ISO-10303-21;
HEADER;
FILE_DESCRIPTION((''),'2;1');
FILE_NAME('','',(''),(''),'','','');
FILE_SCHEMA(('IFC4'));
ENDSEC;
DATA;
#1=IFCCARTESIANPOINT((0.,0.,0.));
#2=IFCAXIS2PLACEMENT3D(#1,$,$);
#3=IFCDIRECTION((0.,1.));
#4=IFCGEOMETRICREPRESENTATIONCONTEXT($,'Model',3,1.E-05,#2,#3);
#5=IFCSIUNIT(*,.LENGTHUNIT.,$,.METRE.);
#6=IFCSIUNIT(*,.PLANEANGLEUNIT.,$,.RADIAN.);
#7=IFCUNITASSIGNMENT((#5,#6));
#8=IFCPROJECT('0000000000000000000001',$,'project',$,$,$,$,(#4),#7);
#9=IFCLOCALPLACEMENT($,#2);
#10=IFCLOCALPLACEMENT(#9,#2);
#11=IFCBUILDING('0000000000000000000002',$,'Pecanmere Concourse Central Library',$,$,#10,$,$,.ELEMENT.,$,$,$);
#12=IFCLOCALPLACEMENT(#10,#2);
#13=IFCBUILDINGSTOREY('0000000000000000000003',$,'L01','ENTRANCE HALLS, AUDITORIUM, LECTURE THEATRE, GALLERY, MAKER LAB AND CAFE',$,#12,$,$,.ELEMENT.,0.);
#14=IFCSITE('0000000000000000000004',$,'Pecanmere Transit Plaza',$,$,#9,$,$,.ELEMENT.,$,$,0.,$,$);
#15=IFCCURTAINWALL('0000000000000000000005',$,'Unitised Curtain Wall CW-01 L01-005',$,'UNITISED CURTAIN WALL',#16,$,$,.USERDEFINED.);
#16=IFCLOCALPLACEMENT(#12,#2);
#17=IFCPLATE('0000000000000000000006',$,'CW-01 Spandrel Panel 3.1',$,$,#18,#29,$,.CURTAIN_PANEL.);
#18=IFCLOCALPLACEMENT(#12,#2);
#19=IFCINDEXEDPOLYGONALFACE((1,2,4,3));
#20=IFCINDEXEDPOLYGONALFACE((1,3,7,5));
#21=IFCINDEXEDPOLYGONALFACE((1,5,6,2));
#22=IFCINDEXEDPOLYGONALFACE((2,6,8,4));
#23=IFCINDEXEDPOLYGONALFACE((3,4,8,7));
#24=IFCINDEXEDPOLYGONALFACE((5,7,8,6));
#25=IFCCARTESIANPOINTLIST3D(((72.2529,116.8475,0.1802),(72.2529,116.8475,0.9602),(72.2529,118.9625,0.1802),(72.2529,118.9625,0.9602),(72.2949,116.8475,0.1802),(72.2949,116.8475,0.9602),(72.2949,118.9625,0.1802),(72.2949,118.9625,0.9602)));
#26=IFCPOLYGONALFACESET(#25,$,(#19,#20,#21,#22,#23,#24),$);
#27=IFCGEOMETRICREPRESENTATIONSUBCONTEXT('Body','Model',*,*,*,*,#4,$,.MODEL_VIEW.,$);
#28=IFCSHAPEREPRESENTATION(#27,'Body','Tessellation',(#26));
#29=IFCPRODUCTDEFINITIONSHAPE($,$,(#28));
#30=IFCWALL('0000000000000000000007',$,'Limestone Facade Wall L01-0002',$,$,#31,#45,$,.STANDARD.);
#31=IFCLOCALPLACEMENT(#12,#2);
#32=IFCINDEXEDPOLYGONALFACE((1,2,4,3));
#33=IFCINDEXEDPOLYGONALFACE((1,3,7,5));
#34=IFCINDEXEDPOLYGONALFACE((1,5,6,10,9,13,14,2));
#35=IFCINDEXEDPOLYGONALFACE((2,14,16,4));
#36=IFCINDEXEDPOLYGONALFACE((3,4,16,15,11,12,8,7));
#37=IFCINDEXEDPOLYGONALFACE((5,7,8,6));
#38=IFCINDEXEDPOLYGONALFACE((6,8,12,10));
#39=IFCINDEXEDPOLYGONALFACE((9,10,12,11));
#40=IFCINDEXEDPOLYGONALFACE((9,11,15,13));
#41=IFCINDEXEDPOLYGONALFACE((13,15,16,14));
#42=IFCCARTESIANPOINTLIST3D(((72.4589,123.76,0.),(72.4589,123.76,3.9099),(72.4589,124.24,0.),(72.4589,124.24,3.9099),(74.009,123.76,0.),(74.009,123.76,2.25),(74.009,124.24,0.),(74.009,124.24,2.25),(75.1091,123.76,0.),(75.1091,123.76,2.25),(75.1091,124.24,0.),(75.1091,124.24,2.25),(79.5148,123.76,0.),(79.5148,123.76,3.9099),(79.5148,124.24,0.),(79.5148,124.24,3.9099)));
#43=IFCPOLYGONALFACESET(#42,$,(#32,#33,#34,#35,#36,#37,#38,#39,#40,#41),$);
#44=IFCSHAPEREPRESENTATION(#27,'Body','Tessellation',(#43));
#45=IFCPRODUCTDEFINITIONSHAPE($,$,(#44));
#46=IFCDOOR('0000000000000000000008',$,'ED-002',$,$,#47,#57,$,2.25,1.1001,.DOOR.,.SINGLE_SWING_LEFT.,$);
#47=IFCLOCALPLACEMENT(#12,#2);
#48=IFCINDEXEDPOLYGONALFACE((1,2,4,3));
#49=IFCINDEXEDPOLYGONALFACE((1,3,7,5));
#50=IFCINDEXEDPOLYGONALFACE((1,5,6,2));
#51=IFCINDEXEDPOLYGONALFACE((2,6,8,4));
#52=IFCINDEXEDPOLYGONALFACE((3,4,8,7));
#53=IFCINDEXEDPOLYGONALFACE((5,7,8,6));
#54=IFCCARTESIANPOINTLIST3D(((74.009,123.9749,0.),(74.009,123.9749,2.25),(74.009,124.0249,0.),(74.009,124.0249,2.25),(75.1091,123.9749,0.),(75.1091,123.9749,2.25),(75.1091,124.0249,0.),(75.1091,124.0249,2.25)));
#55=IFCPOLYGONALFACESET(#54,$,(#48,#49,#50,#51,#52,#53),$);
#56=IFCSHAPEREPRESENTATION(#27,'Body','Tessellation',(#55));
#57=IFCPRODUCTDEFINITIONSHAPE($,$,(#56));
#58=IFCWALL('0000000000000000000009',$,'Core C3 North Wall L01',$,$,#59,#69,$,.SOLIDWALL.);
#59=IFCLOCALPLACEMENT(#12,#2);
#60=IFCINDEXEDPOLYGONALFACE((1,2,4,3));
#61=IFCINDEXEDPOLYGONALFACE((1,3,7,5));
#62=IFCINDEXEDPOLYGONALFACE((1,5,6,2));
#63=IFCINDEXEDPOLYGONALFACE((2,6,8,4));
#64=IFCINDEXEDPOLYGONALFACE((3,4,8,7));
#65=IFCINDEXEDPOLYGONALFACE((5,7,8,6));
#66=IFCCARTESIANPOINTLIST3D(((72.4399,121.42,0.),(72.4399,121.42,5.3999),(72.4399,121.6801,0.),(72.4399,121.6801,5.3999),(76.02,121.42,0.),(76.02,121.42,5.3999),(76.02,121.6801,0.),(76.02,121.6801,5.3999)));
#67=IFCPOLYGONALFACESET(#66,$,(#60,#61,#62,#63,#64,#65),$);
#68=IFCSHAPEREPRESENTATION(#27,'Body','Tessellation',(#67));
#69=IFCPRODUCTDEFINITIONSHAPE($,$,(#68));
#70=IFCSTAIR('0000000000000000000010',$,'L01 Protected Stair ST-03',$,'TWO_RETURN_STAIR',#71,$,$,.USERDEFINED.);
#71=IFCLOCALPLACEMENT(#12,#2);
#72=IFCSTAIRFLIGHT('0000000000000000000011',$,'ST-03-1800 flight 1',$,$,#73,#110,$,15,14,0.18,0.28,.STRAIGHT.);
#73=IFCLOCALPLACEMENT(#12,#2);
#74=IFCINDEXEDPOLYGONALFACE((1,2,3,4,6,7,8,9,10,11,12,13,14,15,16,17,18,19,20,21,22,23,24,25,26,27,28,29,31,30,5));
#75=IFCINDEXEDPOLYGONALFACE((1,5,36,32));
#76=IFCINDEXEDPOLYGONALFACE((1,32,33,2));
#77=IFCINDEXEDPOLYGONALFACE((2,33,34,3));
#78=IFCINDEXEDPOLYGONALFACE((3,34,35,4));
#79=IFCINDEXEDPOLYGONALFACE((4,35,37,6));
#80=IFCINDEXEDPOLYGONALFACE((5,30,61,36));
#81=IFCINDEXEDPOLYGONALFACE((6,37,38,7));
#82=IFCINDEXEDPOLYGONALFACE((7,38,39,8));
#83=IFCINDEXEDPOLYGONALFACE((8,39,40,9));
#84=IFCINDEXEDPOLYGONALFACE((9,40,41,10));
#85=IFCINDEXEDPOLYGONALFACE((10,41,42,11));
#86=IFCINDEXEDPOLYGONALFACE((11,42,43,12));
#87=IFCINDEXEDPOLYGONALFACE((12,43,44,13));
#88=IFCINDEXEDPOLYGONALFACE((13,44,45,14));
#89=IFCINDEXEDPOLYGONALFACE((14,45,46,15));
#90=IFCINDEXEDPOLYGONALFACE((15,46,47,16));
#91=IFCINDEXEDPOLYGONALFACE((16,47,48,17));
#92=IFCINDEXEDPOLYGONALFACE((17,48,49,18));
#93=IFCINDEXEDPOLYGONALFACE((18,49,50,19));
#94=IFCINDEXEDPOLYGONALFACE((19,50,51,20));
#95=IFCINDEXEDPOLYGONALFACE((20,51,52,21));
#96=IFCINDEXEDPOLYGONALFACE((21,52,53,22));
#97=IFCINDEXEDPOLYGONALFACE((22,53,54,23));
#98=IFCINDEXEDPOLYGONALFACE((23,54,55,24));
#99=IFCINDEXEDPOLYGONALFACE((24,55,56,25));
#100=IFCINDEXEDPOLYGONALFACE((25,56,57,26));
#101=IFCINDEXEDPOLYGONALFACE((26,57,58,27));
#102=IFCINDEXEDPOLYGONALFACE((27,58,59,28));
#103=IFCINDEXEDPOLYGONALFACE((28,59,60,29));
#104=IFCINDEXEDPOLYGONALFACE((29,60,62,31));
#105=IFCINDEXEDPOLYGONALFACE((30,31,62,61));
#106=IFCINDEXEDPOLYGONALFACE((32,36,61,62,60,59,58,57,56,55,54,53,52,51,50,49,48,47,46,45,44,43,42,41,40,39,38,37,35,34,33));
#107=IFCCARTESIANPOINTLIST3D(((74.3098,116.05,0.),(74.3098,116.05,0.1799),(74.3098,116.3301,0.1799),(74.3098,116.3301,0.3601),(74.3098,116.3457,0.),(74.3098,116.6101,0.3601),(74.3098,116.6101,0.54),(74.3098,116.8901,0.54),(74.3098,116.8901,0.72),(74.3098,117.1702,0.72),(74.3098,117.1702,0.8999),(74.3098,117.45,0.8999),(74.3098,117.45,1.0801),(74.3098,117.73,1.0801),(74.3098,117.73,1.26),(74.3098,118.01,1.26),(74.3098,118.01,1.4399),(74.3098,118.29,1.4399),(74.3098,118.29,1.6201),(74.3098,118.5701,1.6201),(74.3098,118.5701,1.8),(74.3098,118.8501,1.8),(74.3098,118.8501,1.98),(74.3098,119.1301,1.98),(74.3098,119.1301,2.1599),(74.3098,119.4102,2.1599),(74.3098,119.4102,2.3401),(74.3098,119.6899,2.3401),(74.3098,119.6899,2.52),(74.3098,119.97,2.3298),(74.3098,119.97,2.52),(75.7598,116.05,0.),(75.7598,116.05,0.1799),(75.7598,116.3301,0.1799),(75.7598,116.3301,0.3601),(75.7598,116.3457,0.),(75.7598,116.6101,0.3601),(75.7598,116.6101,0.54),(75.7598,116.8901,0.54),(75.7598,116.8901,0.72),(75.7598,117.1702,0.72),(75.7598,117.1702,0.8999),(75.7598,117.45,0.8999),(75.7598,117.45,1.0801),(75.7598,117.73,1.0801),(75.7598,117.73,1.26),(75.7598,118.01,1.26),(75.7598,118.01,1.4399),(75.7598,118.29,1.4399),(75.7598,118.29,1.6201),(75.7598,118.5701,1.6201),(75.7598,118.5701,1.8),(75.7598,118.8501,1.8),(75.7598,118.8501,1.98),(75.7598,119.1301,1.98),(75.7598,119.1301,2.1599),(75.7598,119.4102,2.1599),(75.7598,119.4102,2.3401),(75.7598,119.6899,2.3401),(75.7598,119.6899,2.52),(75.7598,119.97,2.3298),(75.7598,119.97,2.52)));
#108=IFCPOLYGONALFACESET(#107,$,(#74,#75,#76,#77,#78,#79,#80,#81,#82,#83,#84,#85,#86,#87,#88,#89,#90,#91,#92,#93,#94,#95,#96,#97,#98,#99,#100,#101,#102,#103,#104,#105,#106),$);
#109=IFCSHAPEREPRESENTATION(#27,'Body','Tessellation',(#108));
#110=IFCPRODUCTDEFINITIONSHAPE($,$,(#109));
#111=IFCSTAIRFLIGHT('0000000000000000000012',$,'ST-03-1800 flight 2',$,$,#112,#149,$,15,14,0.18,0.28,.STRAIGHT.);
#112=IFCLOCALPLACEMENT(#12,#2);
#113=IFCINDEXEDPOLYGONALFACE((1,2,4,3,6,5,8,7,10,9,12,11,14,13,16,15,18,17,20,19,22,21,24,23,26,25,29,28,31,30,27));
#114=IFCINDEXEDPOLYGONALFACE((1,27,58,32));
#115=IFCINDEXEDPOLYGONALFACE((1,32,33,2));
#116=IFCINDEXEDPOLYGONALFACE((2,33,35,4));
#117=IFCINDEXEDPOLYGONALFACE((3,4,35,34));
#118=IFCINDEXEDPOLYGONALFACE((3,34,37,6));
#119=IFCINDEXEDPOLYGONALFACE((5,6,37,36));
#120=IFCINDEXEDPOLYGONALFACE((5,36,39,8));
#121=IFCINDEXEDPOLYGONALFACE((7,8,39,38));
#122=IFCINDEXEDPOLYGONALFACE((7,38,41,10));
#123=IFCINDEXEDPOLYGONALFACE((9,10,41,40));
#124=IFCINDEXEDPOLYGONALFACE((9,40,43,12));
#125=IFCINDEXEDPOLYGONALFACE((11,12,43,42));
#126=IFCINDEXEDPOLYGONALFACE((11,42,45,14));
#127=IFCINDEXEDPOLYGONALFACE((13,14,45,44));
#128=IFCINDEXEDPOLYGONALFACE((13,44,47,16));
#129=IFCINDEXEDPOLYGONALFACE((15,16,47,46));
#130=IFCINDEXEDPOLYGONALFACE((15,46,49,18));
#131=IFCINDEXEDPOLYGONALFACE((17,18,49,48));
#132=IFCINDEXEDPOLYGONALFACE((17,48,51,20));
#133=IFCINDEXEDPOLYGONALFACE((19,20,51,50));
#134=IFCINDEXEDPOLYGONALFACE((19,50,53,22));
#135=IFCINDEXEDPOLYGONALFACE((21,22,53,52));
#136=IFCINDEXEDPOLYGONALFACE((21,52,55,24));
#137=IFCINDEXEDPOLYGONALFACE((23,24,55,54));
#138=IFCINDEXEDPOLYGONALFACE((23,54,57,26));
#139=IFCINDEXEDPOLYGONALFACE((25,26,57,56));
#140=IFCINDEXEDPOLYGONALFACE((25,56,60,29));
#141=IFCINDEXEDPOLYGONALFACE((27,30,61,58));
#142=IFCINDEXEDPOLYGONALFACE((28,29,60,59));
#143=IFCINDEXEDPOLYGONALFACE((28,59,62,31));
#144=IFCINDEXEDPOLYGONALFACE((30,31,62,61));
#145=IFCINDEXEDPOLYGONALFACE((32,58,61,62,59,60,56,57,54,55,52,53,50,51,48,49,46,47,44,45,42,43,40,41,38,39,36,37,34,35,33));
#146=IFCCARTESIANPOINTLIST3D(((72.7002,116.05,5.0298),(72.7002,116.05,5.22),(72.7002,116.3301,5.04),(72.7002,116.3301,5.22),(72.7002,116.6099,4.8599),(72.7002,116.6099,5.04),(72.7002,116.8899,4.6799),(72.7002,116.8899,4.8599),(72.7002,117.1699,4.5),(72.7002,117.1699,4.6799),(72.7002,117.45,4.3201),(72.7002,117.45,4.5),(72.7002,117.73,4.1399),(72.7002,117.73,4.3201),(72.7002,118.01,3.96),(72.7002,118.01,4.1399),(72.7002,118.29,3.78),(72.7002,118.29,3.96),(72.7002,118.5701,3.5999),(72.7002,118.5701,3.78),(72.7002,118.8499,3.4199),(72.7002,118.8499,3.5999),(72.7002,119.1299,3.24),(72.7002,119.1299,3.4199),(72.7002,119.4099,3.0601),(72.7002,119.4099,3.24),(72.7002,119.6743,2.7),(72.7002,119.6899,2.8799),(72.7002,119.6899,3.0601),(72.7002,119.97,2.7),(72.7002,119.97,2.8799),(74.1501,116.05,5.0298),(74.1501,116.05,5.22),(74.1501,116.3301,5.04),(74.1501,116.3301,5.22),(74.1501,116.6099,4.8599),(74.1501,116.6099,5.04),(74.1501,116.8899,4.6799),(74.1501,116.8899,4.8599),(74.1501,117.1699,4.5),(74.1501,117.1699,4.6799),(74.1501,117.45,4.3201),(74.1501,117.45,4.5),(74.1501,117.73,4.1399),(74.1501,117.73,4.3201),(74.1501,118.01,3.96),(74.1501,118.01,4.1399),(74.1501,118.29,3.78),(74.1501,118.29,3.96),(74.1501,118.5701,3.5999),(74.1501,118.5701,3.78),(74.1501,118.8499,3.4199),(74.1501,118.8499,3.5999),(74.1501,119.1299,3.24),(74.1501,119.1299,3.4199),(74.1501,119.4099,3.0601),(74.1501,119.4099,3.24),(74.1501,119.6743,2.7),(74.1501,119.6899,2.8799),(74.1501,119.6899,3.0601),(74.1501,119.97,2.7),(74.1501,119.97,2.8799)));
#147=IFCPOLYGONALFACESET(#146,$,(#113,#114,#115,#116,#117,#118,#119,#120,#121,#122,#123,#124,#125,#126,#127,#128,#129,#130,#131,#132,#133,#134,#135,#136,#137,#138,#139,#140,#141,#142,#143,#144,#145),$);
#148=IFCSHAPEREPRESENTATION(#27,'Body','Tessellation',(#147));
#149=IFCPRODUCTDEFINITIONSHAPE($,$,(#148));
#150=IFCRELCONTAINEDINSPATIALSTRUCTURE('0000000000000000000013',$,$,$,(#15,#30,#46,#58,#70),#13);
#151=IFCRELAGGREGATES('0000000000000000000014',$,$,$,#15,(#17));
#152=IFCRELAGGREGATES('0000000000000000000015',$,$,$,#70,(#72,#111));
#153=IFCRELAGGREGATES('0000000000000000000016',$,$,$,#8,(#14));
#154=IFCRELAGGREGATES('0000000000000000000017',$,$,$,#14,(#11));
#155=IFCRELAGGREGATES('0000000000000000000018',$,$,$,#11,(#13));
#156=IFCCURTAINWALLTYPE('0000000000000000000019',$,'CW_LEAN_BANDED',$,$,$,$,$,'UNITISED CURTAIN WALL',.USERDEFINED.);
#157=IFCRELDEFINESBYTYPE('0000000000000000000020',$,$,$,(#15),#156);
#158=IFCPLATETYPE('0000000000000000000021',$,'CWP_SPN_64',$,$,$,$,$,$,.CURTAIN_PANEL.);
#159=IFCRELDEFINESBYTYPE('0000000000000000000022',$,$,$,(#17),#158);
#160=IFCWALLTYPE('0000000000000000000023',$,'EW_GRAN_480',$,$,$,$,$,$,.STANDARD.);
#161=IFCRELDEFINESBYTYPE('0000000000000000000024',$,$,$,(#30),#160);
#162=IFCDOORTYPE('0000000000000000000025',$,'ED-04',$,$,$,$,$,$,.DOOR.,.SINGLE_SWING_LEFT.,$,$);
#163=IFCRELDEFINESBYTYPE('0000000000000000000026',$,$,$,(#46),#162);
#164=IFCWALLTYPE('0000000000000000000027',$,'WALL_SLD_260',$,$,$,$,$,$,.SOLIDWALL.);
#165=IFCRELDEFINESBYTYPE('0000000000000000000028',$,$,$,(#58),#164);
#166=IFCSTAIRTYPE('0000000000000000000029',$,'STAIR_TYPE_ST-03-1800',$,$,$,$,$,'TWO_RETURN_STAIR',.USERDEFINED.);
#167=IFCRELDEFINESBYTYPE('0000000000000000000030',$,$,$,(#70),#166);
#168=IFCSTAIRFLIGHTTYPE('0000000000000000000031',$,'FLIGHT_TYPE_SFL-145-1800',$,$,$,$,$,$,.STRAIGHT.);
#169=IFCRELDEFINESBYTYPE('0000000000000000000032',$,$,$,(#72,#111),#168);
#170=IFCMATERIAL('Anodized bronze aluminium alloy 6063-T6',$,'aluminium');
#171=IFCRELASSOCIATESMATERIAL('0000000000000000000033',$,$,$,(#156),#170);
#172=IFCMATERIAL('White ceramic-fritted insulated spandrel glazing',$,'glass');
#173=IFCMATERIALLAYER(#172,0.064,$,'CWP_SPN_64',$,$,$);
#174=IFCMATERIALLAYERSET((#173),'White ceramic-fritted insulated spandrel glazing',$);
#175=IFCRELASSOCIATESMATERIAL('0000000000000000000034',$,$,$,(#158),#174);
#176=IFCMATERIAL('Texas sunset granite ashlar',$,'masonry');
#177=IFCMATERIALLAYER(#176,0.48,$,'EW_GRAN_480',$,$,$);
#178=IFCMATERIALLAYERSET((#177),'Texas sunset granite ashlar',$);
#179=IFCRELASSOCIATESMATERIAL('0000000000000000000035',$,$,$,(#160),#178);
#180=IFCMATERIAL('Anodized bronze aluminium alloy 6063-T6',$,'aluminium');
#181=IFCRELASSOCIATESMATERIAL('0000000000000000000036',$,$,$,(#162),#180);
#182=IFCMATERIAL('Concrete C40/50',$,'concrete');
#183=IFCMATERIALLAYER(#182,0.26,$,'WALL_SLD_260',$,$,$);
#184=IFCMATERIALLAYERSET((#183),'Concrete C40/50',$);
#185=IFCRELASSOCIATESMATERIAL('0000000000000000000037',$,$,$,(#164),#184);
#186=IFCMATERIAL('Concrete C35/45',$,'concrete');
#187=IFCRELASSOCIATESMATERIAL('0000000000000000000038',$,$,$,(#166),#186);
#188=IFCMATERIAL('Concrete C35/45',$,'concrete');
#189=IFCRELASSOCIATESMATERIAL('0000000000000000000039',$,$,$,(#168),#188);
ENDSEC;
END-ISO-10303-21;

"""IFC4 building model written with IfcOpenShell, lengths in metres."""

from ifc_helpers import new_model, si_unit, direction, frame, frame_2d, origin, origin_2d, place, context, subcontext, project, spatial, polyline, rectangle, outline, extrude, material, layer, layer_set, type_object, element, fill, aggregate, save


model = new_model("IFC4")

# Units and contexts
model_context = context("Model", 3, precision=1e-05, world=origin(), true_north=direction((0.0, 1.0)))
body_context = subcontext(model_context, "Body", "Model", "MODEL_VIEW")
ifc_project = project(units=[si_unit("LENGTHUNIT", "METRE"), si_unit("PLANEANGLEUNIT", "RADIAN")], contexts=[model_context])

# Site, building, storey
site_placement = place(None, origin())
site = spatial("IfcSite", under=ifc_project, at=site_placement, Name="Pecanmere Transit Plaza", CompositionType="ELEMENT", RefElevation=0.0)
building_placement = place(site_placement, origin())
building = spatial("IfcBuilding", under=site, at=building_placement, Name="Pecanmere Concourse Central Library", CompositionType="ELEMENT")
storey_placement = place(building_placement, origin())
storey = spatial("IfcBuildingStorey", under=building, at=storey_placement, Name="L01", Description="ENTRANCE HALLS, AUDITORIUM, LECTURE THEATRE, GALLERY, MAKER LAB AND CAFE", CompositionType="ELEMENT", Elevation=0.0)

# Curtain wall, plate
ifc_material_1 = material(Name="Anodized bronze aluminium alloy 6063-T6", Category="aluminium")
curtain_wall_type = type_object("IfcCurtainWallType", Name="CW_LEAN_BANDED", ElementType="UNITISED CURTAIN WALL", PredefinedType="USERDEFINED", material=ifc_material_1)
curtain_wall_placement = place(storey_placement, origin())
curtain_wall = element("IfcCurtainWall", 1, at=curtain_wall_placement, inside=storey, type_object=curtain_wall_type, Name="Unitised Curtain Wall CW-01 L01-005", ObjectType="UNITISED CURTAIN WALL", PredefinedType="USERDEFINED")
ifc_material_2 = material(Name="White ceramic-fritted insulated spandrel glazing", Category="glass")
ifc_layer_1 = layer(ifc_material_2, 0.064, Name="CWP_SPN_64")
ifc_layer_set_1 = layer_set([ifc_layer_1], Name="White ceramic-fritted insulated spandrel glazing")
plate_type = type_object("IfcPlateType", Name="CWP_SPN_64", PredefinedType="CURTAIN_PANEL", material=ifc_layer_set_1)
plate_1_placement = place(storey_placement, frame((72.2739, 117.905, 0.1802), z_axis=(0.0, 0.0, 1.0), x_axis=(0.0, -1.0, 0.0)))
plate_1 = element("IfcPlate", 2, at=plate_1_placement, type_object=plate_type, Name="CW-01 Spandrel Panel 3.1", PredefinedType="CURTAIN_PANEL", context=body_context, shape_type="SweptSolid", body=[
    extrude(rectangle(XDim=2.115, YDim=0.042, at=origin_2d()), origin(), (0.0, 0.0, 1.0), 0.78),
])
aggregate(curtain_wall, [plate_1])

# Wall, opening, door
ifc_material_3 = material(Name="Texas sunset granite ashlar", Category="masonry")
ifc_layer_2 = layer(ifc_material_3, 0.48, Name="EW_GRAN_480")
ifc_layer_set_2 = layer_set([ifc_layer_2], Name="Texas sunset granite ashlar")
wall_type_1 = type_object("IfcWallType", Name="EW_GRAN_480", PredefinedType="STANDARD", material=ifc_layer_set_2)
wall_1_placement = place(storey_placement, frame((72.459, 124.0, 0.0), z_axis=(0.0, 0.0, 1.0), x_axis=(1.0, 0.0, 0.0)))
wall_1 = element("IfcWall", 3, at=wall_1_placement, inside=storey, type_object=wall_type_1, Name="Limestone Facade Wall L01-0002", PredefinedType="STANDARD", context=body_context, shape_type="SweptSolid", body=[
    extrude(rectangle(XDim=7.0559, YDim=0.48, at=frame_2d((3.5278, 0.0))), origin(), (0.0, 0.0, 1.0), 3.9099),
])
opening_placement = place(wall_1_placement, frame((1.55, 0.0, 0.0)))
opening = element("IfcOpeningElement", 4, at=opening_placement, cuts=wall_1, PredefinedType="OPENING", context=body_context, shape_type="SweptSolid", body=[
    extrude(rectangle(XDim=1.1001, YDim=2.25, at=frame_2d((0.55, 1.125))), frame((0.0, 0.252, 0.0), z_axis=(0.0, -1.0, 0.0), x_axis=(1.0, 0.0, 0.0)), (0.0, 0.0, 1.0), 0.5039),
])
ifc_material_4 = material(Name="Anodized bronze aluminium alloy 6063-T6", Category="aluminium")
door_type = type_object("IfcDoorType", Name="ED-04", OperationType="SINGLE_SWING_LEFT", PredefinedType="DOOR", material=ifc_material_4)
door_placement = place(opening_placement, origin())
door = element("IfcDoor", 5, at=door_placement, inside=storey, type_object=door_type, Name="ED-002", OperationType="SINGLE_SWING_LEFT", OverallHeight=2.25, OverallWidth=1.1001, PredefinedType="DOOR", context=body_context, shape_type="SweptSolid", body=[
    extrude(rectangle(XDim=1.1001, YDim=2.25, at=frame_2d((0.55, 1.125))), frame((0.0, 0.0249, 0.0), z_axis=(0.0, -1.0, 0.0), x_axis=(1.0, 0.0, 0.0)), (0.0, 0.0, 1.0), 0.05),
])
fill(opening, door)

# Wall
ifc_material_5 = material(Name="Concrete C40/50", Category="concrete")
ifc_layer_3 = layer(ifc_material_5, 0.26, Name="WALL_SLD_260")
ifc_layer_set_3 = layer_set([ifc_layer_3], Name="Concrete C40/50")
wall_type_2 = type_object("IfcWallType", Name="WALL_SLD_260", PredefinedType="SOLIDWALL", material=ifc_layer_set_3)
wall_2_placement = place(storey_placement, frame((72.4399, 121.55, 0.0), z_axis=(0.0, 0.0, 1.0), x_axis=(1.0, 0.0, 0.0)))
element("IfcWall", 6, at=wall_2_placement, inside=storey, type_object=wall_type_2, Name="Core C3 North Wall L01", PredefinedType="SOLIDWALL", context=body_context, shape_type="SweptSolid", body=[
    extrude(rectangle(XDim=3.5801, YDim=0.26, at=frame_2d((1.79, 0.0))), origin(), (0.0, 0.0, 1.0), 5.3999),
])

# Stair, stair flights
ifc_material_6 = material(Name="Concrete C35/45", Category="concrete")
stair_type = type_object("IfcStairType", Name="STAIR_TYPE_ST-03-1800", ElementType="TWO_RETURN_STAIR", PredefinedType="USERDEFINED", material=ifc_material_6)
stair_placement = place(storey_placement, origin())
stair = element("IfcStair", 7, at=stair_placement, inside=storey, type_object=stair_type, Name="L01 Protected Stair ST-03", ObjectType="TWO_RETURN_STAIR", PredefinedType="USERDEFINED")
ifc_material_7 = material(Name="Concrete C35/45", Category="concrete")
stair_flight_type = type_object("IfcStairFlightType", Name="FLIGHT_TYPE_SFL-145-1800", PredefinedType="STRAIGHT", material=ifc_material_7)
stair_flight_1_placement = place(storey_placement, frame((75.0349, 116.05, 0.0), z_axis=(0.0, 0.0, 1.0), x_axis=(0.0, 1.0, 0.0)))
stair_flight_1 = element("IfcStairFlight", 8, at=stair_flight_1_placement, type_object=stair_flight_type, Name="ST-03-1800 flight 1", NumberOfRisers=15, NumberOfTreads=14, PredefinedType="STRAIGHT", RiserHeight=0.18, TreadLength=0.28, context=body_context, shape_type="SweptSolid", body=[
    extrude(outline(polyline([(0.0, 0.0), (0.0, 0.1799), (0.28, 0.1799), (0.28, 0.3601), (0.5601, 0.3601), (0.5601, 0.54), (0.8401, 0.54), (0.8401, 0.72), (1.1201, 0.72), (1.1201, 0.8999), (1.3999, 0.8999), (1.3999, 1.0801), (1.6799, 1.0801), (1.6799, 1.26), (1.96, 1.26), (1.96, 1.4399), (2.24, 1.4399), (2.24, 1.6201), (2.52, 1.6201), (2.52, 1.8), (2.8, 1.8), (2.8, 1.98), (3.0801, 1.98), (3.0801, 2.1599), (3.3601, 2.1599), (3.3601, 2.3401), (3.6399, 2.3401), (3.6399, 2.52), (3.9199, 2.52), (3.9199, 2.7), (3.9199, 2.3298), (0.2957, 0.0), (0.0, 0.0)])), frame((0.0, 0.7251, 0.0), z_axis=(0.0, -1.0, 0.0), x_axis=(1.0, 0.0, 0.0)), (0.0, 0.0, 1.0), 1.45),
])
stair_flight_2_placement = place(storey_placement, frame((73.425, 119.97, 2.7), z_axis=(0.0, 0.0, 1.0), x_axis=(0.0, -1.0, 0.0)))
stair_flight_2 = element("IfcStairFlight", 9, at=stair_flight_2_placement, type_object=stair_flight_type, Name="ST-03-1800 flight 2", NumberOfRisers=15, NumberOfTreads=14, PredefinedType="STRAIGHT", RiserHeight=0.18, TreadLength=0.28, context=body_context, shape_type="SweptSolid", body=[
    extrude(outline(polyline([(0.0, 0.0), (0.0, 0.1799), (0.28, 0.1799), (0.28, 0.3601), (0.5601, 0.3601), (0.5601, 0.54), (0.8401, 0.54), (0.8401, 0.72), (1.1201, 0.72), (1.1201, 0.8999), (1.3999, 0.8999), (1.3999, 1.0801), (1.6799, 1.0801), (1.6799, 1.26), (1.96, 1.26), (1.96, 1.4399), (2.24, 1.4399), (2.24, 1.6201), (2.52, 1.6201), (2.52, 1.8), (2.8, 1.8), (2.8, 1.98), (3.0801, 1.98), (3.0801, 2.1599), (3.3601, 2.1599), (3.3601, 2.3401), (3.6399, 2.3401), (3.6399, 2.52), (3.9199, 2.52), (3.9199, 2.7), (3.9199, 2.3298), (0.2957, 0.0), (0.0, 0.0)])), frame((0.0, 0.7251, 0.0), z_axis=(0.0, -1.0, 0.0), x_axis=(1.0, 0.0, 0.0)), (0.0, 0.0, 1.0), 1.45),
])
aggregate(stair, [stair_flight_1, stair_flight_2])

save(model, "model.ifc")
